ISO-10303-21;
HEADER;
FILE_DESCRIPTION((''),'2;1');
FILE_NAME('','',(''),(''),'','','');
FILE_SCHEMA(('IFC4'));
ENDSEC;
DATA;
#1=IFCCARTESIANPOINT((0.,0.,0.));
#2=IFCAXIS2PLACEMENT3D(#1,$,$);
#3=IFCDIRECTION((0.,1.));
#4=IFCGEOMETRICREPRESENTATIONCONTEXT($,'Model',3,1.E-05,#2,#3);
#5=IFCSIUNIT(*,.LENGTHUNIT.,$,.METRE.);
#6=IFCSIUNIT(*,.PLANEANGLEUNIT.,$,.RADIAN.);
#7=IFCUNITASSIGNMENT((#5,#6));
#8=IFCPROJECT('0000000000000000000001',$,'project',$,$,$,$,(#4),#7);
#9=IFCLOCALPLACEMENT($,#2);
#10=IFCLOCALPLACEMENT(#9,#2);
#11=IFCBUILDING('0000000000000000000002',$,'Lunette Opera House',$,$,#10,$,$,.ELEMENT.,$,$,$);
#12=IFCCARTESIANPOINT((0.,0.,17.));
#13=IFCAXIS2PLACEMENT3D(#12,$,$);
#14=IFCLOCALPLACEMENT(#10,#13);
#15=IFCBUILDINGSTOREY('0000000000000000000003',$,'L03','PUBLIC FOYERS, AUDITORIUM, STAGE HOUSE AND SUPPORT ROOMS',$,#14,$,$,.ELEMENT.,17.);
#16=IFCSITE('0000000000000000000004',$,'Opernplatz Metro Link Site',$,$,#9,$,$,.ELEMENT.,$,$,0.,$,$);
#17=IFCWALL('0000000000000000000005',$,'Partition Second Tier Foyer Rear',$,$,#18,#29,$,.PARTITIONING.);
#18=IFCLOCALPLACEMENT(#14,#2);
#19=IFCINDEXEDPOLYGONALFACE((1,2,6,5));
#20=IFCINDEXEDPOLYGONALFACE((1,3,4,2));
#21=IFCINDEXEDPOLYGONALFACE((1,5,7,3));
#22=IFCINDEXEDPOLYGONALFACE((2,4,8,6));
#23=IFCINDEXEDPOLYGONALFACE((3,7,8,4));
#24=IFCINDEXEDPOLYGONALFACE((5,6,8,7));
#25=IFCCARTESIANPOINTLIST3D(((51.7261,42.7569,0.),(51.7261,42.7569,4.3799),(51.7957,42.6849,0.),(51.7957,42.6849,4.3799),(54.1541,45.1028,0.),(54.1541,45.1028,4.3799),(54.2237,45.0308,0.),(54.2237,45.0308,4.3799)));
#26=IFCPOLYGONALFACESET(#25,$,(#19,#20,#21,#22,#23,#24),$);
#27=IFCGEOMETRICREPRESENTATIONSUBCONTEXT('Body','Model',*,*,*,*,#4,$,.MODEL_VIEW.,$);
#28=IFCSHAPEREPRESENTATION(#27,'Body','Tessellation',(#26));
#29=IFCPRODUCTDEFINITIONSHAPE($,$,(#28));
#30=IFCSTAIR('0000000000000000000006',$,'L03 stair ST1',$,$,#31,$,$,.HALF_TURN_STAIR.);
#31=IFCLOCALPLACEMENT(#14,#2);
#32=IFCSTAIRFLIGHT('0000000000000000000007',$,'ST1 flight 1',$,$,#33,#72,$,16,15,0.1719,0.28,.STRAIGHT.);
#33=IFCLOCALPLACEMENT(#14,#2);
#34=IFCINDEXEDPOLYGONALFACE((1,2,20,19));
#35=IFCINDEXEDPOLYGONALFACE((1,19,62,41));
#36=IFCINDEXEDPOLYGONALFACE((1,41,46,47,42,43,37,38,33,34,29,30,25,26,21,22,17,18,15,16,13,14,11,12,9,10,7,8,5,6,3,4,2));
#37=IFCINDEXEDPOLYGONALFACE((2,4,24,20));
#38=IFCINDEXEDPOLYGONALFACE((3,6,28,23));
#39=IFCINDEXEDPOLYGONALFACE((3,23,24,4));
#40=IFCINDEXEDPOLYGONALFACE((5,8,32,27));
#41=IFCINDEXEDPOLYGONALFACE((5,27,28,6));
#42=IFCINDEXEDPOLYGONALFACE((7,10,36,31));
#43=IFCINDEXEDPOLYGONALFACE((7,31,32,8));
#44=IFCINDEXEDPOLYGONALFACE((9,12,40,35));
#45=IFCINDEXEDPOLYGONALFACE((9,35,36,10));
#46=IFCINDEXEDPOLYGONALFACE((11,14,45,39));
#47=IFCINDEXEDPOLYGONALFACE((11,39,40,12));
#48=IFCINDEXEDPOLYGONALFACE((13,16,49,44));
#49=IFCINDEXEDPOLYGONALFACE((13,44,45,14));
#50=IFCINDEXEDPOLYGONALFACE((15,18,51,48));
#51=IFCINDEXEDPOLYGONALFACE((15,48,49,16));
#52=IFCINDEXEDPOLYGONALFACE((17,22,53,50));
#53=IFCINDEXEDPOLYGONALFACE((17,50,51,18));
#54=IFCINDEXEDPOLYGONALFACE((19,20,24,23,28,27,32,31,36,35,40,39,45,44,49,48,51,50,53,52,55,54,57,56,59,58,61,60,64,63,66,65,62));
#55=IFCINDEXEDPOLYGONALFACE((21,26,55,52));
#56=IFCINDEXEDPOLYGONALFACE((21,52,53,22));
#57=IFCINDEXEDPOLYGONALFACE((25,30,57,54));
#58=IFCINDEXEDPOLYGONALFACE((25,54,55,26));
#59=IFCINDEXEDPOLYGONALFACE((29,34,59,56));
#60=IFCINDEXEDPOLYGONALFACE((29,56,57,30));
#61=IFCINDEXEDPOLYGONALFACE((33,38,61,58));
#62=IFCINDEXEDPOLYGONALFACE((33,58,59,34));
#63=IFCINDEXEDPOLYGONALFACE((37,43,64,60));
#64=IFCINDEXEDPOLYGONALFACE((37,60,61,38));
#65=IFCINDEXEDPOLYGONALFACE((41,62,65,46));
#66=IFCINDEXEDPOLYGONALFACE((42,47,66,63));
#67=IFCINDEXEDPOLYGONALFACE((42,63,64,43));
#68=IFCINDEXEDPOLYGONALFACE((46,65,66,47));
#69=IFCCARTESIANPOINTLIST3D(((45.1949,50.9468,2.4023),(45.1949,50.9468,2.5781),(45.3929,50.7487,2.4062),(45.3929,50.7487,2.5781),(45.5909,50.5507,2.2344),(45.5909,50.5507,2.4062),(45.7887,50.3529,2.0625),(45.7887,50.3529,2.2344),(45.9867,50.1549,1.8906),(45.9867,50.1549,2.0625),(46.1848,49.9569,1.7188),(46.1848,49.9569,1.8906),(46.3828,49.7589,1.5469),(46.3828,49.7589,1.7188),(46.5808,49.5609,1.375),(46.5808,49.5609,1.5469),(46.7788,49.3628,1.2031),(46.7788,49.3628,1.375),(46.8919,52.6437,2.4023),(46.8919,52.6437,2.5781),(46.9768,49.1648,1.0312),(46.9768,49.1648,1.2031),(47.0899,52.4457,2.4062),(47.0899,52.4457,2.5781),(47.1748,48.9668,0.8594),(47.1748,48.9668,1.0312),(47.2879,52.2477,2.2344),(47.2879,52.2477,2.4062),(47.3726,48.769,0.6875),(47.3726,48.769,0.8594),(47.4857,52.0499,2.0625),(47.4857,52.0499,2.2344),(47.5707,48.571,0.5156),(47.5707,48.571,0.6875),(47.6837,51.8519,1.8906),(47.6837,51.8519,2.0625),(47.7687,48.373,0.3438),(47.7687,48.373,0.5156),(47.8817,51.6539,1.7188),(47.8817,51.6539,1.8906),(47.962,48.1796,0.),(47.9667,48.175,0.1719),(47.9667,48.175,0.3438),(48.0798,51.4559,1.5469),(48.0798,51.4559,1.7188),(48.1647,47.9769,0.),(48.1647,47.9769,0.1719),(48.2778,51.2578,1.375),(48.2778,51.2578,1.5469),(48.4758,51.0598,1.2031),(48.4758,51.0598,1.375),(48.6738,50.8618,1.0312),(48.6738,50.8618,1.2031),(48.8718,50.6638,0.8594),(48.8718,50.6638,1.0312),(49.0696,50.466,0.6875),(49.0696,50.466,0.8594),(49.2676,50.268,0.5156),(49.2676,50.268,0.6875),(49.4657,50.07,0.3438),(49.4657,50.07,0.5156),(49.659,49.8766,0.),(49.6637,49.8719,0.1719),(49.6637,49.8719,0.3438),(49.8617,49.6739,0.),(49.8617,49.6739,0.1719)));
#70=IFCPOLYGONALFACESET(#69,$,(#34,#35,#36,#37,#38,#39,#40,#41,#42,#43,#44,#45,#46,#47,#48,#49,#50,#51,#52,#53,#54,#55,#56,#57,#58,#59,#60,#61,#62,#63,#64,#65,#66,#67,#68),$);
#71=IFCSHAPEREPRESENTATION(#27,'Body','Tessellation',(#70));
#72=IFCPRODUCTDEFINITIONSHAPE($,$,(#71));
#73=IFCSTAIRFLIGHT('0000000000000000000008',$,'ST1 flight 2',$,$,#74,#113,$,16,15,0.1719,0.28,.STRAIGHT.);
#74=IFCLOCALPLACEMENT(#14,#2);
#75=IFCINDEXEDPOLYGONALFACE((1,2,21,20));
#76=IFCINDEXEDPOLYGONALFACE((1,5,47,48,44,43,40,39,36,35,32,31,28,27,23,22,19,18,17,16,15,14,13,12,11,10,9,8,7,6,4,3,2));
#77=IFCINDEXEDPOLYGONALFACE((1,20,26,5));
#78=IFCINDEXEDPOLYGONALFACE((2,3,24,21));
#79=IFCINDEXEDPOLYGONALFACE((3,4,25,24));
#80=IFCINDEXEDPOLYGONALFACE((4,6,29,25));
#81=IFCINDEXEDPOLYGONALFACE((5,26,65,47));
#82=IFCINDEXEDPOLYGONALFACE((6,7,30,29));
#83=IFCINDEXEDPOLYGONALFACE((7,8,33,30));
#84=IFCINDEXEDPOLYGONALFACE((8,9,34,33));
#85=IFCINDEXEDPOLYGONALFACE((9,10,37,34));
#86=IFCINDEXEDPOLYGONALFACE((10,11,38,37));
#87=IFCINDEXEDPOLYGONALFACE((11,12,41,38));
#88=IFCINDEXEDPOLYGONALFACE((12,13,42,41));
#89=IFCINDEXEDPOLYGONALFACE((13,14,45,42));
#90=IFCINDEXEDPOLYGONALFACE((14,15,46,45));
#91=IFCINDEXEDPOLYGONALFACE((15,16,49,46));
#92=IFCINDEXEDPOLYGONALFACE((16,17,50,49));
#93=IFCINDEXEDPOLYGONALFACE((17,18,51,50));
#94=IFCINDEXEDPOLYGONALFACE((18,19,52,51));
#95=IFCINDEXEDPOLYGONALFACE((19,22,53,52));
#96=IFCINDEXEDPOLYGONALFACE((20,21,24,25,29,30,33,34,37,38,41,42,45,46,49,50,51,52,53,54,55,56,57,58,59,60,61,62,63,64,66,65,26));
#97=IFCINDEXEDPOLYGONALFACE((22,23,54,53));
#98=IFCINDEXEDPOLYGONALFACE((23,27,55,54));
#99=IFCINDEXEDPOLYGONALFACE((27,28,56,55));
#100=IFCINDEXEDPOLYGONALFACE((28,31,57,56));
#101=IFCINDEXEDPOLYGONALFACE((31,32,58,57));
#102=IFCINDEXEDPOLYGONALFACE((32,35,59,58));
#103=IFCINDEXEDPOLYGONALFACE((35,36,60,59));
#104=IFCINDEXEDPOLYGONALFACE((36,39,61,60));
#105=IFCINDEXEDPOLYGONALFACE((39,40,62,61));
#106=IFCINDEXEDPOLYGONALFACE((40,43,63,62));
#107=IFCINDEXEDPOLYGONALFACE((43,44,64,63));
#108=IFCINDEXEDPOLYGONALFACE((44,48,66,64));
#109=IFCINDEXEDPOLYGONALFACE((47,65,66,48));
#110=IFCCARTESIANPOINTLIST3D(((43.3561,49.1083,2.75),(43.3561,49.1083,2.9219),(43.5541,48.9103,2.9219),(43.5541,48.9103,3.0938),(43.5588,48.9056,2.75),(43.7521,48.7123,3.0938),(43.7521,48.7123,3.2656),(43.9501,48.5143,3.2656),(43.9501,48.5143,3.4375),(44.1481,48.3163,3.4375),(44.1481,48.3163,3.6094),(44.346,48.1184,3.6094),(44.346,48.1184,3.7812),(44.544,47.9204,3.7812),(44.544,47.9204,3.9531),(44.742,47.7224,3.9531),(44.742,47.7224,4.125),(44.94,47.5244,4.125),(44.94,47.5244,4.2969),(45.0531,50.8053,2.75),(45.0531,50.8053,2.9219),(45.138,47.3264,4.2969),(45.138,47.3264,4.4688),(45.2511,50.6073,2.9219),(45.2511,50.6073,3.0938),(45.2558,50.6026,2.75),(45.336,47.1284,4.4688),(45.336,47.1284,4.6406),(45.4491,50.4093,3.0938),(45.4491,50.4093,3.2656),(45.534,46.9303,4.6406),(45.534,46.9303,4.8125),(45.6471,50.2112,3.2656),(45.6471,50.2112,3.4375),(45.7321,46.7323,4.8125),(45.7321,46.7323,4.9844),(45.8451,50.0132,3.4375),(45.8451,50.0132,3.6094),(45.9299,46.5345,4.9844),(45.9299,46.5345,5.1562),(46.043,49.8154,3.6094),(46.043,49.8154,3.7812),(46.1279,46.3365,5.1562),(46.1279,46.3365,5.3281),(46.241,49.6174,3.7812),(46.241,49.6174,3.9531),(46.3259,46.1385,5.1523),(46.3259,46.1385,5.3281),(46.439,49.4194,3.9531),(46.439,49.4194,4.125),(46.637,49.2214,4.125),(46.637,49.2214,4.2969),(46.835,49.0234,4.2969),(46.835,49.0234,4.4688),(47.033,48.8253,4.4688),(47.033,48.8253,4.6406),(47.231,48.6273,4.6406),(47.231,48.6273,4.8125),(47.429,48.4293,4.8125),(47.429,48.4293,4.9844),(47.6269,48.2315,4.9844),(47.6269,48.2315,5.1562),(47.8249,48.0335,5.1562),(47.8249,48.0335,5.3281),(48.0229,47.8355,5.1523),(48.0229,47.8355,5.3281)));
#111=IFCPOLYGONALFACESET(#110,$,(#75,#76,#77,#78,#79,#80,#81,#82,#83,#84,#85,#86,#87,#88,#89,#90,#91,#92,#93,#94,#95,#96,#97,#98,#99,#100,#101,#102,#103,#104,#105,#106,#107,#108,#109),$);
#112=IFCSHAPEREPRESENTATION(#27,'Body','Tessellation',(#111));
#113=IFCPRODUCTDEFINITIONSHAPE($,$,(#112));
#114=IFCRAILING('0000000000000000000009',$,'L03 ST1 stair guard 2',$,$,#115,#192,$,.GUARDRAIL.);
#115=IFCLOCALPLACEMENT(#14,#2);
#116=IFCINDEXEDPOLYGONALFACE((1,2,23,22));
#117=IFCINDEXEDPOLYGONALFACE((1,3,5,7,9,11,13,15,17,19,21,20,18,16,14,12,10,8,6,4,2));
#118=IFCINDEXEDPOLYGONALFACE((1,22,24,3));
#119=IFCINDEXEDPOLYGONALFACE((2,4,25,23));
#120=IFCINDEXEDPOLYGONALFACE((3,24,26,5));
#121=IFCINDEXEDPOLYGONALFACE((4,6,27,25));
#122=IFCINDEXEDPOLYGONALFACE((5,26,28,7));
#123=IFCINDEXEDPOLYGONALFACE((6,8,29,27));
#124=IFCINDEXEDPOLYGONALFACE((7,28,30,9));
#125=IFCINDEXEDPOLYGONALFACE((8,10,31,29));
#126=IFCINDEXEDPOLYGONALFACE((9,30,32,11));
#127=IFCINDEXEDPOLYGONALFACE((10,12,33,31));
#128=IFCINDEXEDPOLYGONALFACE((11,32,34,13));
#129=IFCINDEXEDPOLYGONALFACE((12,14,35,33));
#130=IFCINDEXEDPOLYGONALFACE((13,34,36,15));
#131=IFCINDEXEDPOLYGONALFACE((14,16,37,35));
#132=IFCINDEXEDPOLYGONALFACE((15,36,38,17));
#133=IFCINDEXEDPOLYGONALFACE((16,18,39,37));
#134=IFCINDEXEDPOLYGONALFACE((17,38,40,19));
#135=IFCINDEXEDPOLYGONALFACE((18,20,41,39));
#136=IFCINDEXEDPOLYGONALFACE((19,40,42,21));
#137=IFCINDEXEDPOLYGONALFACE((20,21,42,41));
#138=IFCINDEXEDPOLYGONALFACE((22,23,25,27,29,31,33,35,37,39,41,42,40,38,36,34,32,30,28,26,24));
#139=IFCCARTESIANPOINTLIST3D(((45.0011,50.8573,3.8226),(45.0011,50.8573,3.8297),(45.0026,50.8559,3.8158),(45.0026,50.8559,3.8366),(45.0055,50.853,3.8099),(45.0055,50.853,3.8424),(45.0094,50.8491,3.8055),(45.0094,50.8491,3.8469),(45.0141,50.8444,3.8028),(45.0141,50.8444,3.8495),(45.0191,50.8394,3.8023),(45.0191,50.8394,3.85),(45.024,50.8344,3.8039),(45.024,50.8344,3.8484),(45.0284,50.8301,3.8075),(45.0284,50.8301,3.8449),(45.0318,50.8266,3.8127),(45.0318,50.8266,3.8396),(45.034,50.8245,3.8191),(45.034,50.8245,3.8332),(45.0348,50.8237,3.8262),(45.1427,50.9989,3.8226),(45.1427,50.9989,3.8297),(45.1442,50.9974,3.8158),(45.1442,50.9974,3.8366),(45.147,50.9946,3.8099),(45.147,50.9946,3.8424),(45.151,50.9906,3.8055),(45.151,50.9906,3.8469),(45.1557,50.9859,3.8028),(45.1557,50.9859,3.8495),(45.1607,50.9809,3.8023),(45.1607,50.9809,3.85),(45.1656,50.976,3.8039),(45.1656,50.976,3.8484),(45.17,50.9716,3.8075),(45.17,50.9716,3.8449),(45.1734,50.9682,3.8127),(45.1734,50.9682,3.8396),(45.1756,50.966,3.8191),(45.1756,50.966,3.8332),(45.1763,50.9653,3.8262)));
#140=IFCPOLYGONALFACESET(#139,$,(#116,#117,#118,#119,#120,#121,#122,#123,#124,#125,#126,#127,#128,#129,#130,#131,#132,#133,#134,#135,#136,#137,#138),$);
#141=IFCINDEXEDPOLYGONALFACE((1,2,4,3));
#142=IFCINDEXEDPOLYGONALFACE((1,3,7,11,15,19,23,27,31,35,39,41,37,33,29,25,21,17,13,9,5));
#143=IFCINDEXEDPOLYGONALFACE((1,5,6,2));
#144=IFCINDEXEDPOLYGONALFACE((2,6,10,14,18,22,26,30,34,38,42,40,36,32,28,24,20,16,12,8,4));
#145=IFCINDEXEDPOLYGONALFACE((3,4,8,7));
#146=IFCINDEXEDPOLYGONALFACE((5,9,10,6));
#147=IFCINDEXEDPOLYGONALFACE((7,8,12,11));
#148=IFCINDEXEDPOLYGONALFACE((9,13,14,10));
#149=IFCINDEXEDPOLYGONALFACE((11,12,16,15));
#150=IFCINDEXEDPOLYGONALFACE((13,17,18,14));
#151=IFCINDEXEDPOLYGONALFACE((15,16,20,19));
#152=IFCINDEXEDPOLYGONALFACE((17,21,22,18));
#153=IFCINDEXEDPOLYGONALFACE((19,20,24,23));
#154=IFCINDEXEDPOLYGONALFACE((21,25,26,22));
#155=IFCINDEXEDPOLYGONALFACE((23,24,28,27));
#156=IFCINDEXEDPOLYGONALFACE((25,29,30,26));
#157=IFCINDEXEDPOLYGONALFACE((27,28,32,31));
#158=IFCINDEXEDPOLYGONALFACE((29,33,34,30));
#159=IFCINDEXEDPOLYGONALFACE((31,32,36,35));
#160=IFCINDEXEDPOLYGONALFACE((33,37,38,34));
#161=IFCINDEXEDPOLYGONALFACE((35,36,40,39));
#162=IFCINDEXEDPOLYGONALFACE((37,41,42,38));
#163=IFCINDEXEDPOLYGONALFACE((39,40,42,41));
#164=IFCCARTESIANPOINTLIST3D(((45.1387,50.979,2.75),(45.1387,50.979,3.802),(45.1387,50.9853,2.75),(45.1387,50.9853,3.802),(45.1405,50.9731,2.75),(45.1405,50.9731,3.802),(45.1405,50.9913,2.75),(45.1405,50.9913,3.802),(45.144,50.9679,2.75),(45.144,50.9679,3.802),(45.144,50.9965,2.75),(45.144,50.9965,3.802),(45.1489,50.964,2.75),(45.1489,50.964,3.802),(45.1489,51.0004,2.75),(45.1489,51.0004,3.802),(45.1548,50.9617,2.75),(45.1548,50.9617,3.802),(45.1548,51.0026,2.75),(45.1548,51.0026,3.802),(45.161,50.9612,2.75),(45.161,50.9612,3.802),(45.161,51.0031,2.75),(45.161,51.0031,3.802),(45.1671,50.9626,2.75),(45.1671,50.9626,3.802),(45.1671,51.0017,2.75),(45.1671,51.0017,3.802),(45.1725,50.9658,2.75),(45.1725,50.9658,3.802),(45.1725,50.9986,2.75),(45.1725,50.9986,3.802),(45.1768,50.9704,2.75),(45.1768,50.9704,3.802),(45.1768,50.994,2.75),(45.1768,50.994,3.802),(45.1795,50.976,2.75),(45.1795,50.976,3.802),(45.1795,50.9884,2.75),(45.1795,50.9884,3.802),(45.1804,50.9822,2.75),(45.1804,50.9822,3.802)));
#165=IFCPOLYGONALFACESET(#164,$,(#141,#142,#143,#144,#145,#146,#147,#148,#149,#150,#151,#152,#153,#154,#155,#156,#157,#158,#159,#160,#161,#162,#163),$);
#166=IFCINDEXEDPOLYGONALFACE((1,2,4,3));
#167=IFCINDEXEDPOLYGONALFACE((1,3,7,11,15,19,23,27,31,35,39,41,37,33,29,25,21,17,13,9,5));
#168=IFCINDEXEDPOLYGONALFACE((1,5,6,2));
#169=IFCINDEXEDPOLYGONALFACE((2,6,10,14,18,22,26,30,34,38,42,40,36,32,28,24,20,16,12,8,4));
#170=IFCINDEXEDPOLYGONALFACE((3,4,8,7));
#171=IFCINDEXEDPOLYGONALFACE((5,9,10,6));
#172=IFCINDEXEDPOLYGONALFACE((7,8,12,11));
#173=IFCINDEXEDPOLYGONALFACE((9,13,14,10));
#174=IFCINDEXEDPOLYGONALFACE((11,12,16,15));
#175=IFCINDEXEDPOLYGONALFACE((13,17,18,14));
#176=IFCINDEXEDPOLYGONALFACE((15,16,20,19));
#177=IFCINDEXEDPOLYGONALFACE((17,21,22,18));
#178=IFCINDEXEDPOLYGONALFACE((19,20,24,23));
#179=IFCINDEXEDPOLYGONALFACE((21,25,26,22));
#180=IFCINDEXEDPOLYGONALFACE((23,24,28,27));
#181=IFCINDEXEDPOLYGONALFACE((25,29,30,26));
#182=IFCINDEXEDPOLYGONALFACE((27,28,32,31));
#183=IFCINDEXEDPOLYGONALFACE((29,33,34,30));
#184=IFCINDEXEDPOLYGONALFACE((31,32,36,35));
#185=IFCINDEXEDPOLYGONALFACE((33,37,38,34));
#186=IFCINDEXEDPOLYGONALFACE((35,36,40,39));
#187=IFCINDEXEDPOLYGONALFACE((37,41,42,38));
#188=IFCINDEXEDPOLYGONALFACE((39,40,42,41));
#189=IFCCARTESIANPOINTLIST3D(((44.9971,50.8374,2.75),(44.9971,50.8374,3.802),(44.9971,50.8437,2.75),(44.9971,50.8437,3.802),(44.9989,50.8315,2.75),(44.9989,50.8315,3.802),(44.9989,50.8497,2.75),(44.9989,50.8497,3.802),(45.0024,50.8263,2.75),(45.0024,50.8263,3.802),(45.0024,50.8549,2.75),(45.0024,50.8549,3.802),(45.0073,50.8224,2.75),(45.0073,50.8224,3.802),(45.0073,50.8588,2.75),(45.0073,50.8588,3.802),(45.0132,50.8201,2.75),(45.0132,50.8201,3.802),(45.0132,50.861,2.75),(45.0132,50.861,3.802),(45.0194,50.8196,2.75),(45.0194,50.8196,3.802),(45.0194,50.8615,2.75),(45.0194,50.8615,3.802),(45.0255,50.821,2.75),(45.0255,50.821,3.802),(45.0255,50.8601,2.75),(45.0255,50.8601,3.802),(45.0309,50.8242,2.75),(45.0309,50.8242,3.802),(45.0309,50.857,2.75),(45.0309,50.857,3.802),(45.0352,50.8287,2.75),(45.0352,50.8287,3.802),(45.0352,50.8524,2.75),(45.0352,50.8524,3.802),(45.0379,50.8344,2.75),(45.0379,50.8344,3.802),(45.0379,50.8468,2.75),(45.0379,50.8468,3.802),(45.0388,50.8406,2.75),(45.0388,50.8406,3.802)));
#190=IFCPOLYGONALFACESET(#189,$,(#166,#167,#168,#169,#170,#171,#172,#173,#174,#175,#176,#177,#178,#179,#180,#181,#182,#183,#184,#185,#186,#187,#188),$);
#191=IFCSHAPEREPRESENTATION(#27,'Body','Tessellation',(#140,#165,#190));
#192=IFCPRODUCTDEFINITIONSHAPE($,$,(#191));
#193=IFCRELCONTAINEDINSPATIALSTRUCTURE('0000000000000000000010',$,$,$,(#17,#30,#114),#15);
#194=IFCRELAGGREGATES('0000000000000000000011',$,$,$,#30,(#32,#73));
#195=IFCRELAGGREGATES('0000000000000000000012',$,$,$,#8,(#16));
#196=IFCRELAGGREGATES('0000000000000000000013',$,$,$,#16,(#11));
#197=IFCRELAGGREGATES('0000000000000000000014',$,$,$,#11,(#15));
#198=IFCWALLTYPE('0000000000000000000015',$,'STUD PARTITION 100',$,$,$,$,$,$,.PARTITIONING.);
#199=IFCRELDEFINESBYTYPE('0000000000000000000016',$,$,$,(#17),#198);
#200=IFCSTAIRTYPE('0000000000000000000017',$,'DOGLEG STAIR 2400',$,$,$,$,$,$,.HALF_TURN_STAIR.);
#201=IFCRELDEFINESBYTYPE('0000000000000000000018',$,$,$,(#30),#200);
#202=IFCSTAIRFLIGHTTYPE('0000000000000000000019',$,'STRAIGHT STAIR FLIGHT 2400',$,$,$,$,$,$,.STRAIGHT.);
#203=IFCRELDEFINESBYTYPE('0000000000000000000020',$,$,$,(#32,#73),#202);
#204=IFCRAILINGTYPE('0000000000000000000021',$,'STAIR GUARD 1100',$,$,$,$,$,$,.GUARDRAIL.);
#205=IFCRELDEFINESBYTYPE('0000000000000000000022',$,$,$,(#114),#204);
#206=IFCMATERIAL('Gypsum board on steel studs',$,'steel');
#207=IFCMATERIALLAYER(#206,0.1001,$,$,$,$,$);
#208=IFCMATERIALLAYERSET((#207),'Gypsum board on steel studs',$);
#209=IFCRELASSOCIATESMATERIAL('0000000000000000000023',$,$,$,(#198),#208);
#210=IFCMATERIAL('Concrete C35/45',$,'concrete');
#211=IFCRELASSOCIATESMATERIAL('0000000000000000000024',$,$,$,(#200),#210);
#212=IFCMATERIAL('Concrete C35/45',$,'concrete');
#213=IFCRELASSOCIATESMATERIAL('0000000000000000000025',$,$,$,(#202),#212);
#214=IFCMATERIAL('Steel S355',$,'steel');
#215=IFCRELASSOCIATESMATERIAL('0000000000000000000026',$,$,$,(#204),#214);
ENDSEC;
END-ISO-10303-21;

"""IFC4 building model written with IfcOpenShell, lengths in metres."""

from ifc_helpers import new_model, si_unit, direction, frame, frame_2d, origin, origin_2d, place, context, subcontext, project, spatial, polyline, rectangle, circle, outline, extrude, material, layer, layer_set, type_object, element, aggregate, save


model = new_model("IFC4")

# Units and contexts
model_context = context("Model", 3, precision=1e-05, world=origin(), true_north=direction((0.0, 1.0)))
body_context = subcontext(model_context, "Body", "Model", "MODEL_VIEW")
ifc_project = project(units=[si_unit("LENGTHUNIT", "METRE"), si_unit("PLANEANGLEUNIT", "RADIAN")], contexts=[model_context])

# Site, building, storey
site_placement = place(None, origin())
site = spatial("IfcSite", under=ifc_project, at=site_placement, Name="Opernplatz Metro Link Site", CompositionType="ELEMENT", RefElevation=0.0)
building_placement = place(site_placement, origin())
building = spatial("IfcBuilding", under=site, at=building_placement, Name="Lunette Opera House", CompositionType="ELEMENT")
storey_placement = place(building_placement, frame((0.0, 0.0, 17.0)))
storey = spatial("IfcBuildingStorey", under=building, at=storey_placement, Name="L03", Description="PUBLIC FOYERS, AUDITORIUM, STAGE HOUSE AND SUPPORT ROOMS", CompositionType="ELEMENT", Elevation=17.0)

# Wall
ifc_material_1 = material(Name="Gypsum board on steel studs", Category="steel")
ifc_layer_1 = layer(ifc_material_1, 0.1001)
ifc_layer_set_1 = layer_set([ifc_layer_1], Name="Gypsum board on steel studs")
wall_type_1 = type_object("IfcWallType", Name="STUD PARTITION 100", PredefinedType="PARTITIONING", material=ifc_layer_set_1)
wall_1_placement = place(storey_placement, frame((51.761, 42.7209, 0.0), z_axis=(0.0, 0.0, 1.0), x_axis=(0.719151, 0.694854, 0.0)))
element("IfcWall", 1, at=wall_1_placement, inside=storey, type_object=wall_type_1, Name="Partition Second Tier Foyer Rear", PredefinedType="PARTITIONING", context=body_context, shape_type="SweptSolid", body=[
    extrude(rectangle(XDim=3.3762, YDim=0.1001, at=frame_2d((1.688, 0.0))), origin(), (0.0, 0.0, 1.0), 4.3799),
])

# Stair, stair flights
ifc_material_2 = material(Name="Concrete C35/45", Category="concrete")
stair_type = type_object("IfcStairType", Name="DOGLEG STAIR 2400", PredefinedType="HALF_TURN_STAIR", material=ifc_material_2)
stair_placement = place(storey_placement, origin())
stair = element("IfcStair", 2, at=stair_placement, inside=storey, type_object=stair_type, Name="L03 stair ST1", PredefinedType="HALF_TURN_STAIR")
ifc_material_3 = material(Name="Concrete C35/45", Category="concrete")
stair_flight_type = type_object("IfcStairFlightType", Name="STRAIGHT STAIR FLIGHT 2400", PredefinedType="STRAIGHT", material=ifc_material_3)
stair_flight_1_placement = place(storey_placement, frame((49.0132, 48.8254, 0.0), z_axis=(0.0, 0.0, 1.0), x_axis=(-0.707107, 0.707107, 0.0)))
stair_flight_1 = element("IfcStairFlight", 3, at=stair_flight_1_placement, type_object=stair_flight_type, Name="ST1 flight 1", NumberOfRisers=16, NumberOfTreads=15, PredefinedType="STRAIGHT", RiserHeight=0.1719, TreadLength=0.28, context=body_context, shape_type="SweptSolid", body=[
    extrude(outline(polyline([(0.0, 0.0), (0.0, 0.1719), (0.28, 0.1719), (0.28, 0.3438), (0.5601, 0.3438), (0.5601, 0.5156), (0.8401, 0.5156), (0.8401, 0.6875), (1.1201, 0.6875), (1.1201, 0.8594), (1.3999, 0.8594), (1.3999, 1.0312), (1.6799, 1.0312), (1.6799, 1.2031), (1.96, 1.2031), (1.96, 1.375), (2.24, 1.375), (2.24, 1.5469), (2.52, 1.5469), (2.52, 1.7188), (2.8, 1.7188), (2.8, 1.8906), (3.0801, 1.8906), (3.0801, 2.0625), (3.3601, 2.0625), (3.3601, 2.2344), (3.6399, 2.2344), (3.6399, 2.4062), (3.9199, 2.4062), (3.9199, 2.5781), (4.2, 2.5781), (4.2, 2.75), (4.2, 2.4023), (0.2866, 0.0), (0.0, 0.0)])), frame((0.0, 1.2, 0.0), z_axis=(0.0, -1.0, 0.0), x_axis=(1.0, 0.0, 0.0)), (0.0, 0.0, 1.0), 2.3999),
])
stair_flight_2_placement = place(storey_placement, frame((44.2046, 49.9568, 2.75), z_axis=(0.0, 0.0, 1.0), x_axis=(0.707107, -0.707107, 0.0)))
stair_flight_2 = element("IfcStairFlight", 4, at=stair_flight_2_placement, type_object=stair_flight_type, Name="ST1 flight 2", NumberOfRisers=16, NumberOfTreads=15, PredefinedType="STRAIGHT", RiserHeight=0.1719, TreadLength=0.28, context=body_context, shape_type="SweptSolid", body=[
    extrude(outline(polyline([(0.0, 0.0), (0.0, 0.1719), (0.28, 0.1719), (0.28, 0.3438), (0.5601, 0.3438), (0.5601, 0.5156), (0.8401, 0.5156), (0.8401, 0.6875), (1.1201, 0.6875), (1.1201, 0.8594), (1.3999, 0.8594), (1.3999, 1.0312), (1.6799, 1.0312), (1.6799, 1.2031), (1.96, 1.2031), (1.96, 1.375), (2.24, 1.375), (2.24, 1.5469), (2.52, 1.5469), (2.52, 1.7188), (2.8, 1.7188), (2.8, 1.8906), (3.0801, 1.8906), (3.0801, 2.0625), (3.3601, 2.0625), (3.3601, 2.2344), (3.6399, 2.2344), (3.6399, 2.4062), (3.9199, 2.4062), (3.9199, 2.5781), (4.2, 2.5781), (4.2, 2.75), (4.2, 2.4023), (0.2866, 0.0), (0.0, 0.0)])), frame((0.0, 1.2, 0.0), z_axis=(0.0, -1.0, 0.0), x_axis=(1.0, 0.0, 0.0)), (0.0, 0.0, 1.0), 2.3999),
])
aggregate(stair, [stair_flight_1, stair_flight_2])

# Railing
ifc_material_4 = material(Name="Steel S355", Category="steel")
railing_type_1 = type_object("IfcRailingType", Name="STAIR GUARD 1100", PredefinedType="GUARDRAIL", material=ifc_material_4)
railing_1_placement = place(storey_placement, frame((45.1594, 50.9822, 2.75)))
element("IfcRailing", 5, at=railing_1_placement, inside=storey, type_object=railing_type_1, Name="L03 ST1 stair guard 2", PredefinedType="GUARDRAIL", context=body_context, shape_type="SweptSolid", body=[
    extrude(circle(Radius=0.0239, at=origin_2d()), frame((0.0, 0.0, 1.0762), z_axis=(-0.707107, -0.707107, 0.0), x_axis=(0.707107, -0.707107, 0.0)), (0.0, 0.0, 1.0), 0.2002),
    extrude(circle(Radius=0.021, at=origin_2d()), origin(), (0.0, 0.0, 1.0), 1.052),
    extrude(circle(Radius=0.021, at=origin_2d()), frame((-0.1416, -0.1416, 0.0)), (0.0, 0.0, 1.0), 1.052),
])

save(model, "model.ifc")
